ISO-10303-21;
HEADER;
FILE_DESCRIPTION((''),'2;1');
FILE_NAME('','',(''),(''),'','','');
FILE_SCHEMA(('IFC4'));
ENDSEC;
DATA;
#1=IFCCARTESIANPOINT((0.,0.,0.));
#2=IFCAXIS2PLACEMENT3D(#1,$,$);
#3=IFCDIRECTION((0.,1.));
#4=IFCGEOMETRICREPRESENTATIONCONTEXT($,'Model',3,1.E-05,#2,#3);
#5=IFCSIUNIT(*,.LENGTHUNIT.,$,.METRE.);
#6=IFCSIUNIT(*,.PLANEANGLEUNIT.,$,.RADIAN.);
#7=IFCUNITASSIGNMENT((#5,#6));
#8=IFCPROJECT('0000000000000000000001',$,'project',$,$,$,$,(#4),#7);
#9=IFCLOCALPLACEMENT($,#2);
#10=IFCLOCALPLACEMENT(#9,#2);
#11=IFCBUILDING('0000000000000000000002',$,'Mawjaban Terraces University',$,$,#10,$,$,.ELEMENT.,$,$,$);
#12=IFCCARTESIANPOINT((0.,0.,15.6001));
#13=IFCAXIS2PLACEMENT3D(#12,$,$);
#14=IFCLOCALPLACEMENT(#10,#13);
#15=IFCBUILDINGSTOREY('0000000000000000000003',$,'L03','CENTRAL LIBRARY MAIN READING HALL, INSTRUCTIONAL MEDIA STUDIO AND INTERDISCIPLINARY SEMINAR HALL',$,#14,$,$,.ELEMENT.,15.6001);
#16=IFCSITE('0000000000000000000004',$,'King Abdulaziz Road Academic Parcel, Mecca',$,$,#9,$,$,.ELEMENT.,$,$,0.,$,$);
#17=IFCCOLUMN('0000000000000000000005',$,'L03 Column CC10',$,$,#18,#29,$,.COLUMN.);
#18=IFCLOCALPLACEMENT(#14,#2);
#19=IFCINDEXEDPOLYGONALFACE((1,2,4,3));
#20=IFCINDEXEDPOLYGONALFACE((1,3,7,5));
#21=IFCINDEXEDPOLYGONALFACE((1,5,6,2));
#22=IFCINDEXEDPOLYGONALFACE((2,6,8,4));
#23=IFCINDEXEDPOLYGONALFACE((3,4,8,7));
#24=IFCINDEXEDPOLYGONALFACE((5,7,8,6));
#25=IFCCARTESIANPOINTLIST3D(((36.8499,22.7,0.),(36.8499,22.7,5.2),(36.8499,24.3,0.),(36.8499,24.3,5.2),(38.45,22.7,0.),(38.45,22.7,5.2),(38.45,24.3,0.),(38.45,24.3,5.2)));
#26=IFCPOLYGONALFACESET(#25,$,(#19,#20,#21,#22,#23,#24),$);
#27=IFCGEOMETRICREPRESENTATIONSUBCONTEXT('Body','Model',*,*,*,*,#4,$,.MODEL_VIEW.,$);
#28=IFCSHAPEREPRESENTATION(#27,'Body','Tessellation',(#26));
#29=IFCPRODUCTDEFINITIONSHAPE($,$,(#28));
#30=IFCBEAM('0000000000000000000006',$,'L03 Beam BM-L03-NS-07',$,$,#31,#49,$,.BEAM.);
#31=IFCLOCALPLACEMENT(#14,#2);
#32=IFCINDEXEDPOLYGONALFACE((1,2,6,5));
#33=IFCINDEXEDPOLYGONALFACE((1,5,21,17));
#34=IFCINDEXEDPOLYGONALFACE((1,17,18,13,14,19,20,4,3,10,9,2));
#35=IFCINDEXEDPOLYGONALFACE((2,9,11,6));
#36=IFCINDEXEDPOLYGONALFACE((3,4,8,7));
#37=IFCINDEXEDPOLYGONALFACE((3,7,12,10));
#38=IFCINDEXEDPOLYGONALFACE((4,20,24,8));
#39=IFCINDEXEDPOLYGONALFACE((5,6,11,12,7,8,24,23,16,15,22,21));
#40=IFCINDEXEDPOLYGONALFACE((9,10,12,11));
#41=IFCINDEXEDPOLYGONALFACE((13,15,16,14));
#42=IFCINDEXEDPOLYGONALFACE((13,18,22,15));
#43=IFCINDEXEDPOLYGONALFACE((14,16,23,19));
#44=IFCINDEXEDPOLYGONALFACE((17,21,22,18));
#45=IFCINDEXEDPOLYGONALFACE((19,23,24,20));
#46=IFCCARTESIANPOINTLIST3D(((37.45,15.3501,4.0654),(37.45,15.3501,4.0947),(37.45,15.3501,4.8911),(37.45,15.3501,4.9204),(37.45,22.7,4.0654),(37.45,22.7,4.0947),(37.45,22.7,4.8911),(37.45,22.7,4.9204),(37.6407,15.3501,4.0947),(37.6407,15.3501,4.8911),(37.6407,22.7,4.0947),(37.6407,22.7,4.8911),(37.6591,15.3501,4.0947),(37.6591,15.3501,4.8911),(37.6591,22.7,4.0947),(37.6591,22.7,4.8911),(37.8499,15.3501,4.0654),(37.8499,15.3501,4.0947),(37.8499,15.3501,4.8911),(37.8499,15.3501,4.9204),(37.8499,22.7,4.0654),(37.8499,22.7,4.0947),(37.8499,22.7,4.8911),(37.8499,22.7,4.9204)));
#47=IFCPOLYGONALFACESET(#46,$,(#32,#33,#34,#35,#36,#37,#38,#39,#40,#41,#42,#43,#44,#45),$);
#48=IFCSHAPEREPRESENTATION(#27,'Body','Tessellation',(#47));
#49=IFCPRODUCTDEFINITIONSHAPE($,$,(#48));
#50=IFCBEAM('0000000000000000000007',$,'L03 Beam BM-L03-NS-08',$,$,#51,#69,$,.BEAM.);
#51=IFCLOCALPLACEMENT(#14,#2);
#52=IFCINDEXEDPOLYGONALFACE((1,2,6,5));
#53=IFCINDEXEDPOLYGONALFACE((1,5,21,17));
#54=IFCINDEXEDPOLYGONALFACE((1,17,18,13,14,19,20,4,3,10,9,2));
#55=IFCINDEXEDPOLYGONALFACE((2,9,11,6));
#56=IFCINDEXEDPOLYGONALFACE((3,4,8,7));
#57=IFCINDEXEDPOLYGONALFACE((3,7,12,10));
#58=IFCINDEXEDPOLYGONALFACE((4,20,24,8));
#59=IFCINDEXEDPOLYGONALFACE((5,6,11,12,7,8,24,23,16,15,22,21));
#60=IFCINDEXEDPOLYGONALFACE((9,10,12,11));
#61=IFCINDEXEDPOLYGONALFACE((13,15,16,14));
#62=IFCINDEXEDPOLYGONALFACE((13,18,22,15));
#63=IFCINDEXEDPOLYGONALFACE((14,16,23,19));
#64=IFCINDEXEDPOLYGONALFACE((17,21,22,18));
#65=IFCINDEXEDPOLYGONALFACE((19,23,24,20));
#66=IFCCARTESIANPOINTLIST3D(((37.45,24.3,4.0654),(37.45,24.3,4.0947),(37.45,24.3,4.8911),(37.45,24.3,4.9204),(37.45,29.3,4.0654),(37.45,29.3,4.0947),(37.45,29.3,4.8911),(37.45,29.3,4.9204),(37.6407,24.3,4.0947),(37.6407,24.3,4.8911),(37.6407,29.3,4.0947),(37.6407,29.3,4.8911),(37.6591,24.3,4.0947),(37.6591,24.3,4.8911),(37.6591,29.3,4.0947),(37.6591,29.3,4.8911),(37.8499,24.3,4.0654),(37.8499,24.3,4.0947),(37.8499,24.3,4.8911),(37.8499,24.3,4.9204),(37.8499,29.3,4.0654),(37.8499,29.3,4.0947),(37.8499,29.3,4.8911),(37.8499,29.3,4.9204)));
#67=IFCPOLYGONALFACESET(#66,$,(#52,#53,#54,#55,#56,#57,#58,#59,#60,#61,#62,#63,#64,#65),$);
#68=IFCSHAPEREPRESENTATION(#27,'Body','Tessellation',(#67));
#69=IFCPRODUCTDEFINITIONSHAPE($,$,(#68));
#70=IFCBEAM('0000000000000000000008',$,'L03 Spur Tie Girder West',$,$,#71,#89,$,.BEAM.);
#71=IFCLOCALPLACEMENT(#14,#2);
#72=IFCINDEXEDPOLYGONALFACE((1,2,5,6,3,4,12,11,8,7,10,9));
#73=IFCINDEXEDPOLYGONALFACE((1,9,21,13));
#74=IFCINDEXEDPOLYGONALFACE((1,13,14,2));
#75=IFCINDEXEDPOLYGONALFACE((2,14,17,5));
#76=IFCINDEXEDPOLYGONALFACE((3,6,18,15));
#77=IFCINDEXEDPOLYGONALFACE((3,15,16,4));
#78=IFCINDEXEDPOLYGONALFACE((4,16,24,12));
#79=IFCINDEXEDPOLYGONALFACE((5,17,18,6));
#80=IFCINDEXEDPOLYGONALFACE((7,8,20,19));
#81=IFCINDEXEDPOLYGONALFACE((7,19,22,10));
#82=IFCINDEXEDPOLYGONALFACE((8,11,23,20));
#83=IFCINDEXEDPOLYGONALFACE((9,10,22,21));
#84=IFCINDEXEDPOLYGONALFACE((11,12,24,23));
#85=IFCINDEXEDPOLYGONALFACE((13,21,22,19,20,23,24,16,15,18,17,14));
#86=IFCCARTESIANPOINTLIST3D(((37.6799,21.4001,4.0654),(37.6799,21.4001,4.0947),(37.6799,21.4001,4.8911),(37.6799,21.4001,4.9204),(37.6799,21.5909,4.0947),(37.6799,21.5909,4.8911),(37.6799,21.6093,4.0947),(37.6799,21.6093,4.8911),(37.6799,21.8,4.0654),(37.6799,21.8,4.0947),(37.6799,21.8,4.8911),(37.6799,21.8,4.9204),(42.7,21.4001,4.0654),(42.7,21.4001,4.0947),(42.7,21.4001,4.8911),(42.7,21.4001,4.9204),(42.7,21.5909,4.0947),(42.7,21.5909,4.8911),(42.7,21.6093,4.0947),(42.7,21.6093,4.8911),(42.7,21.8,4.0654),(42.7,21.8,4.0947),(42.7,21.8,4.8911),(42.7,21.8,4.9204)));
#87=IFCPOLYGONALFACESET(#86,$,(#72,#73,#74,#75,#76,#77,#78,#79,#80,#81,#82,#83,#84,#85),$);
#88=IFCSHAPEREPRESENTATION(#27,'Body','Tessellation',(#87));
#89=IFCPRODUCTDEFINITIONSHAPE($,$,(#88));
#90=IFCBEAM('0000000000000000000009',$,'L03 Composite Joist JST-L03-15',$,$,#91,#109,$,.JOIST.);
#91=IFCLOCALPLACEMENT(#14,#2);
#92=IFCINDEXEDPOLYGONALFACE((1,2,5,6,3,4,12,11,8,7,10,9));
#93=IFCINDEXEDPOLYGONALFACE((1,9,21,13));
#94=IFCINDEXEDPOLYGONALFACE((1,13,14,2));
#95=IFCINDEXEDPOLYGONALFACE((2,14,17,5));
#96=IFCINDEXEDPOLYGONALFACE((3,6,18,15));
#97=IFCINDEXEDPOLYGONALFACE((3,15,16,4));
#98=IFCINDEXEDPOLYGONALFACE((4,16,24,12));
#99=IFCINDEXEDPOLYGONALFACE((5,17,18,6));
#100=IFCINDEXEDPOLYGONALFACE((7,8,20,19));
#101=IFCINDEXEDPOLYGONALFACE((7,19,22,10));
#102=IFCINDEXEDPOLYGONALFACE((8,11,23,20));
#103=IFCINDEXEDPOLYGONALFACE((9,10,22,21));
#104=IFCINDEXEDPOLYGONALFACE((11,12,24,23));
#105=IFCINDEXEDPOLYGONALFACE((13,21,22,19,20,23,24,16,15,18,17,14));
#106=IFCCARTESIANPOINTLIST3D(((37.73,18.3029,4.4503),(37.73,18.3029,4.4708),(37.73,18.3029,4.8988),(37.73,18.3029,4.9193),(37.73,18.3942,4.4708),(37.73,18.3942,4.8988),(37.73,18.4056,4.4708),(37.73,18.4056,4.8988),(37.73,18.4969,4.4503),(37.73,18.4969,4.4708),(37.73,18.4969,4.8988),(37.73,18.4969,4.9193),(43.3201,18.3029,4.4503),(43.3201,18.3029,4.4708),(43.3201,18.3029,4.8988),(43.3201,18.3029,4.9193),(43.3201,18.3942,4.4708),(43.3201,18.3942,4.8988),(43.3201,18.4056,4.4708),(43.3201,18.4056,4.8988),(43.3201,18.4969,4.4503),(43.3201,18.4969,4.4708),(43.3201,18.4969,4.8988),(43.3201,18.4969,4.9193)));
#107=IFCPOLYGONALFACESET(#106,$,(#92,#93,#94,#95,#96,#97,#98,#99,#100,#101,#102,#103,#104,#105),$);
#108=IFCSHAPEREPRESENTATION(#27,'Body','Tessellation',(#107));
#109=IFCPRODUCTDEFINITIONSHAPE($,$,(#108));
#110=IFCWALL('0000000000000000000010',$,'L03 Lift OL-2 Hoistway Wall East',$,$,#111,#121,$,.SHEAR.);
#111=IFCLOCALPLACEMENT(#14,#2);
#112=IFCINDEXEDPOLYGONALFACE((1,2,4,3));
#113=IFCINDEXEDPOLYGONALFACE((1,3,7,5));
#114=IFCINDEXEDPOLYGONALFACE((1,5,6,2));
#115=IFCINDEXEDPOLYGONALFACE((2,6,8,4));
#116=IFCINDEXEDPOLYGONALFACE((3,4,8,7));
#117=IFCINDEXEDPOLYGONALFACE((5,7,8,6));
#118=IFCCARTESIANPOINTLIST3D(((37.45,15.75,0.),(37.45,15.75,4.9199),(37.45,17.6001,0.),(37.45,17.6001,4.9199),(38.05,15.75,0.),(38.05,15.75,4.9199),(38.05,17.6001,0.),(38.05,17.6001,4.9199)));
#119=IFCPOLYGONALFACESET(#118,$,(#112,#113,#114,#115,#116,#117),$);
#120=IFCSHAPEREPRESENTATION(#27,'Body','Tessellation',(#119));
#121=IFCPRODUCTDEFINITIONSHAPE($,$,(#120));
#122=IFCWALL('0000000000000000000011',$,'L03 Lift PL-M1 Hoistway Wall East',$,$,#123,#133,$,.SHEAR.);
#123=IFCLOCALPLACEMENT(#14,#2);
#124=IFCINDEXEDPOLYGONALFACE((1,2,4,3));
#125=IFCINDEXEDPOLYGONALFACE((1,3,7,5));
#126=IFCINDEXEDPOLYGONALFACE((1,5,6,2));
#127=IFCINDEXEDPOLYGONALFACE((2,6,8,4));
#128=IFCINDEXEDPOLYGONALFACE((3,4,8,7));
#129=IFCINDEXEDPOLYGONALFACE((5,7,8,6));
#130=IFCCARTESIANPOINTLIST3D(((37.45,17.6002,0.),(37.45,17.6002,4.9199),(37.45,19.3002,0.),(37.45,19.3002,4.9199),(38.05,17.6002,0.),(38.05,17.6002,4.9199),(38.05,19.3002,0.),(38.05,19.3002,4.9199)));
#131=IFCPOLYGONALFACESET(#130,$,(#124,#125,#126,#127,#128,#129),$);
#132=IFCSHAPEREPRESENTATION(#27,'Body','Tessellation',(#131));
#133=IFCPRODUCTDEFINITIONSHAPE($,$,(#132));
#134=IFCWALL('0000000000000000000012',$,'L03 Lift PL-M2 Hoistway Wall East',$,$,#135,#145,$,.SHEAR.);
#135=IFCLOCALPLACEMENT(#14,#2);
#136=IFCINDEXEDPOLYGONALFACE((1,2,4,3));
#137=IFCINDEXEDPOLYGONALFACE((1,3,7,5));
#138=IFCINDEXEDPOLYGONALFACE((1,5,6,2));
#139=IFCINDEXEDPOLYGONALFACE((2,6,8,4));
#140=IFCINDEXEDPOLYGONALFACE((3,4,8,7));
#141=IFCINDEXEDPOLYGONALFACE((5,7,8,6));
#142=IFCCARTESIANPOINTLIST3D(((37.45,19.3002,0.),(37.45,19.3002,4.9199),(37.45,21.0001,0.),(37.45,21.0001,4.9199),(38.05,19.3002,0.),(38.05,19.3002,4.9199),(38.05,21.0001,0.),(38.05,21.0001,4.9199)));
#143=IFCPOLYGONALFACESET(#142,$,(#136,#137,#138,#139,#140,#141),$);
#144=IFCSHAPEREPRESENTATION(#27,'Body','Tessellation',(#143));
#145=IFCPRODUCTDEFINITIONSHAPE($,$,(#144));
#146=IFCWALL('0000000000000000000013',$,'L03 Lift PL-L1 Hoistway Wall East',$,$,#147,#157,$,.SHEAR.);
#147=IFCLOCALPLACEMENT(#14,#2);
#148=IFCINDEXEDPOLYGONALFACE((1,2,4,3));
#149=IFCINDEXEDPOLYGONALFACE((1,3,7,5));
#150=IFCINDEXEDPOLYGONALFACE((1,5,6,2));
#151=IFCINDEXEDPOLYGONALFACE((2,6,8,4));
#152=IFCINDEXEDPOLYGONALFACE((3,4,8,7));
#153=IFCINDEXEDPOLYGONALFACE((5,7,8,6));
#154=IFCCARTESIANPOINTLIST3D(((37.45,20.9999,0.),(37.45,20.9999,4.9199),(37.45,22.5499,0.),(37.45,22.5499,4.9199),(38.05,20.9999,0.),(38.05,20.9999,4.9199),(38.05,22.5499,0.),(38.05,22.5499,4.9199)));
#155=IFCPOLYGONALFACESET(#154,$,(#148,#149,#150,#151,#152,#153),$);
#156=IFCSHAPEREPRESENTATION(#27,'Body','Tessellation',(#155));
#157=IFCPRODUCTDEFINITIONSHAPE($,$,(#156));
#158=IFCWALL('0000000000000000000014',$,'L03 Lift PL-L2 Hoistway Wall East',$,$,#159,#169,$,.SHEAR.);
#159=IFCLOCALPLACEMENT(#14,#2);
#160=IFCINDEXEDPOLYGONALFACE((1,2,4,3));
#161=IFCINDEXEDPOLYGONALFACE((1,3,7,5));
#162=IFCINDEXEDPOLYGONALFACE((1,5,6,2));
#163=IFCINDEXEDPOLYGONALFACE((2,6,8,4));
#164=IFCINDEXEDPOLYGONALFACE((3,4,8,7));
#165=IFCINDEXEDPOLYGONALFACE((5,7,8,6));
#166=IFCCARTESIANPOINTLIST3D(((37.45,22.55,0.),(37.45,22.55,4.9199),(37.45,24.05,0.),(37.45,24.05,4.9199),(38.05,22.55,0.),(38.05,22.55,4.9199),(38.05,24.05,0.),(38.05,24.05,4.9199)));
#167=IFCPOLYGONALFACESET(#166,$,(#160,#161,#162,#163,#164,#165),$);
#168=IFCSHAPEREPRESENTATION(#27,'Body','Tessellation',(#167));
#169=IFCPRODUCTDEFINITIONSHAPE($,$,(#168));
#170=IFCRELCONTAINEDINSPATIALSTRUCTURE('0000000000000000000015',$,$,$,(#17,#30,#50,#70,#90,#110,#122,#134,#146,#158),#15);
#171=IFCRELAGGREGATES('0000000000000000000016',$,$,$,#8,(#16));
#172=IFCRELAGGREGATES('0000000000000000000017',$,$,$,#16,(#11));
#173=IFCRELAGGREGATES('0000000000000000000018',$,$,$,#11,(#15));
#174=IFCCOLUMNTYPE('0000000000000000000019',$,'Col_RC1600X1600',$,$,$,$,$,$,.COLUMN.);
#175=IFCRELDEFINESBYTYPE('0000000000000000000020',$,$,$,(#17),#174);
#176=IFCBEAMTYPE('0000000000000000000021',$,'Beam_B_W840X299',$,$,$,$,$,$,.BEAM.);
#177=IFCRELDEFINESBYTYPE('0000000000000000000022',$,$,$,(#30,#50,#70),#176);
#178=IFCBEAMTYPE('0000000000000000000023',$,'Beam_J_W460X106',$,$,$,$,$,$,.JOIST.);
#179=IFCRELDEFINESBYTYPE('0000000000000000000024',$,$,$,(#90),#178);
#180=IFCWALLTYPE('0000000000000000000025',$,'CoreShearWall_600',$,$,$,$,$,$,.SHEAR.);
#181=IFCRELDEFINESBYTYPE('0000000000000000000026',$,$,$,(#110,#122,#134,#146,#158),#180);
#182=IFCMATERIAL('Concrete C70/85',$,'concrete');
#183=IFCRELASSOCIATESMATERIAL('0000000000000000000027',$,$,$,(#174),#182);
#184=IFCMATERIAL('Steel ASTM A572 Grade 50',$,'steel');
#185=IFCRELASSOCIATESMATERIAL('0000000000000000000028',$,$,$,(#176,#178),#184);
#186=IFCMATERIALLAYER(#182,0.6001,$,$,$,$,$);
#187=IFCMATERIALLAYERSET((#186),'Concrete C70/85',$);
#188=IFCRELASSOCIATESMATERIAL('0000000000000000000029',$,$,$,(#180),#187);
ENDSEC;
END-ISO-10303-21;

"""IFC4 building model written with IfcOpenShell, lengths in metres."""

from ifc_helpers import new_model, si_unit, direction, frame, frame_2d, origin, origin_2d, place, context, subcontext, project, spatial, rectangle, i_section, extrude, material, layer, layer_set, material_profile, profile_set, type_object, element, save


model = new_model("IFC4")

# Units and contexts
model_context = context("Model", 3, precision=1e-05, world=origin(), true_north=direction((0.0, 1.0)))
body_context = subcontext(model_context, "Body", "Model", "MODEL_VIEW")
ifc_project = project(units=[si_unit("LENGTHUNIT", "METRE"), si_unit("PLANEANGLEUNIT", "RADIAN")], contexts=[model_context])

# Site, building, storey
site_placement = place(None, origin())
site = spatial("IfcSite", under=ifc_project, at=site_placement, Name="King Abdulaziz Road Academic Parcel, Mecca", CompositionType="ELEMENT", RefElevation=0.0)
building_placement = place(site_placement, origin())
building = spatial("IfcBuilding", under=site, at=building_placement, Name="Mawjaban Terraces University", CompositionType="ELEMENT")
storey_placement = place(building_placement, frame((0.0, 0.0, 15.6001)))
storey = spatial("IfcBuildingStorey", under=building, at=storey_placement, Name="L03", Description="CENTRAL LIBRARY MAIN READING HALL, INSTRUCTIONAL MEDIA STUDIO AND INTERDISCIPLINARY SEMINAR HALL", CompositionType="ELEMENT", Elevation=15.6001)

# Column
ifc_material_1 = material(Name="Concrete C70/85", Category="concrete")
ifc_material_profile_1 = material_profile(ifc_material_1, rectangle(XDim=1.6001, YDim=1.6001, at=origin_2d()), Name="RC1600X1600")
ifc_profile_set_1 = profile_set([ifc_material_profile_1], Name="Concrete C70/85")
column_type = type_object("IfcColumnType", Name="Col_RC1600X1600", PredefinedType="COLUMN", material=ifc_profile_set_1)
column_placement = place(storey_placement, frame((37.6499, 23.5, 0.0), z_axis=(0.0, 0.0, 1.0), x_axis=(1.0, 0.0, 0.0)))
element("IfcColumn", 1, at=column_placement, inside=storey, type_object=column_type, Name="L03 Column CC10", PredefinedType="COLUMN", context=body_context, shape_type="SweptSolid", body=[
    extrude(rectangle(XDim=1.6001, YDim=1.6001, at=origin_2d()), origin(), (0.0, 0.0, 1.0), 5.2),
])

# Beams
ifc_material_2 = material(Name="Steel ASTM A572 Grade 50", Category="steel")
ifc_material_profile_2 = material_profile(ifc_material_2, i_section(OverallWidth=0.3999, OverallDepth=0.855, WebThickness=0.0183, FlangeThickness=0.0293, at=origin_2d()), Name="W840X299")
ifc_profile_set_2 = profile_set([ifc_material_profile_2], Name="Steel ASTM A572 Grade 50")
beam_type_1 = type_object("IfcBeamType", Name="Beam_B_W840X299", PredefinedType="BEAM", material=ifc_profile_set_2)
beam_1_placement = place(storey_placement, frame((37.6499, 15.3501, 4.4929), z_axis=(0.0, 1.0, 0.0), x_axis=(-1.0, 0.0, 0.0)))
element("IfcBeam", 2, at=beam_1_placement, inside=storey, type_object=beam_type_1, Name="L03 Beam BM-L03-NS-07", PredefinedType="BEAM", context=body_context, shape_type="SweptSolid", body=[
    extrude(i_section(OverallWidth=0.3999, OverallDepth=0.855, WebThickness=0.0183, FlangeThickness=0.0293, at=origin_2d()), origin(), (0.0, 0.0, 1.0), 7.3499),
])
beam_2_placement = place(storey_placement, frame((37.6499, 24.3, 4.4929), z_axis=(0.0, 1.0, 0.0), x_axis=(-1.0, 0.0, 0.0)))
element("IfcBeam", 3, at=beam_2_placement, inside=storey, type_object=beam_type_1, Name="L03 Beam BM-L03-NS-08", PredefinedType="BEAM", context=body_context, shape_type="SweptSolid", body=[
    extrude(i_section(OverallWidth=0.3999, OverallDepth=0.855, WebThickness=0.0183, FlangeThickness=0.0293, at=origin_2d()), origin(), (0.0, 0.0, 1.0), 5.0),
])
beam_3_placement = place(storey_placement, frame((37.6799, 21.6001, 4.4929), z_axis=(1.0, 0.0, 0.0), x_axis=(0.0, 1.0, 0.0)))
element("IfcBeam", 4, at=beam_3_placement, inside=storey, type_object=beam_type_1, Name="L03 Spur Tie Girder West", PredefinedType="BEAM", context=body_context, shape_type="SweptSolid", body=[
    extrude(i_section(OverallWidth=0.3999, OverallDepth=0.855, WebThickness=0.0183, FlangeThickness=0.0293, at=origin_2d()), origin(), (0.0, 0.0, 1.0), 5.02),
])
ifc_material_profile_3 = material_profile(ifc_material_2, i_section(OverallWidth=0.1941, OverallDepth=0.469, WebThickness=0.0115, FlangeThickness=0.0205, at=origin_2d()), Name="W460X106")
ifc_profile_set_3 = profile_set([ifc_material_profile_3], Name="Steel ASTM A572 Grade 50")
beam_type_2 = type_object("IfcBeamType", Name="Beam_J_W460X106", PredefinedType="JOIST", material=ifc_profile_set_3)
beam_4_placement = place(storey_placement, frame((37.73, 18.3999, 4.6848), z_axis=(1.0, 0.0, 0.0), x_axis=(0.0, 1.0, 0.0)))
element("IfcBeam", 5, at=beam_4_placement, inside=storey, type_object=beam_type_2, Name="L03 Composite Joist JST-L03-15", PredefinedType="JOIST", context=body_context, shape_type="SweptSolid", body=[
    extrude(i_section(OverallWidth=0.1941, OverallDepth=0.469, WebThickness=0.0115, FlangeThickness=0.0205, at=origin_2d()), origin(), (0.0, 0.0, 1.0), 5.5901),
])

# Walls
ifc_layer_1 = layer(ifc_material_1, 0.6001)
ifc_layer_set_1 = layer_set([ifc_layer_1], Name="Concrete C70/85")
wall_type_1 = type_object("IfcWallType", Name="CoreShearWall_600", PredefinedType="SHEAR", material=ifc_layer_set_1)
wall_1_placement = place(storey_placement, frame((37.75, 15.75, 0.0), z_axis=(0.0, 0.0, 1.0), x_axis=(0.0, 1.0, 0.0)))
element("IfcWall", 6, at=wall_1_placement, inside=storey, type_object=wall_type_1, Name="L03 Lift OL-2 Hoistway Wall East", PredefinedType="SHEAR", context=body_context, shape_type="SweptSolid", body=[
    extrude(rectangle(XDim=1.8501, YDim=0.6001, at=frame_2d((0.925, 0.0))), origin(), (0.0, 0.0, 1.0), 4.9199),
])
for number, where, z_axis, x_axis, name in (
    (7, (37.75, 17.6001, 0.0), (0.0, 0.0, 1.0), (0.0, 1.0, 0.0), "L03 Lift PL-M1 Hoistway Wall East"),
    (8, (37.75, 19.3, 0.0), (0.0, 0.0, 1.0), (0.0, 1.0, 0.0), "L03 Lift PL-M2 Hoistway Wall East"),
):
    element("IfcWall", number, at=place(storey_placement, frame(where, z_axis=z_axis, x_axis=x_axis)), inside=storey, type_object=wall_type_1, Name=name, PredefinedType="SHEAR", context=body_context, shape_type="SweptSolid", body=[
        extrude(rectangle(XDim=1.7, YDim=0.6001, at=frame_2d((0.8501, 0.0))), origin(), (0.0, 0.0, 1.0), 4.9199),
    ])
wall_2_placement = place(storey_placement, frame((37.75, 21.0, 0.0), z_axis=(0.0, 0.0, 1.0), x_axis=(0.0, 1.0, 0.0)))
element("IfcWall", 9, at=wall_2_placement, inside=storey, type_object=wall_type_1, Name="L03 Lift PL-L1 Hoistway Wall East", PredefinedType="SHEAR", context=body_context, shape_type="SweptSolid", body=[
    extrude(rectangle(XDim=1.55, YDim=0.6001, at=frame_2d((0.7749, 0.0))), origin(), (0.0, 0.0, 1.0), 4.9199),
])
wall_3_placement = place(storey_placement, frame((37.75, 22.55, 0.0), z_axis=(0.0, 0.0, 1.0), x_axis=(0.0, 1.0, 0.0)))
element("IfcWall", 10, at=wall_3_placement, inside=storey, type_object=wall_type_1, Name="L03 Lift PL-L2 Hoistway Wall East", PredefinedType="SHEAR", context=body_context, shape_type="SweptSolid", body=[
    extrude(rectangle(XDim=1.5, YDim=0.6001, at=frame_2d((0.75, 0.0))), origin(), (0.0, 0.0, 1.0), 4.9199),
])

save(model, "model.ifc")
